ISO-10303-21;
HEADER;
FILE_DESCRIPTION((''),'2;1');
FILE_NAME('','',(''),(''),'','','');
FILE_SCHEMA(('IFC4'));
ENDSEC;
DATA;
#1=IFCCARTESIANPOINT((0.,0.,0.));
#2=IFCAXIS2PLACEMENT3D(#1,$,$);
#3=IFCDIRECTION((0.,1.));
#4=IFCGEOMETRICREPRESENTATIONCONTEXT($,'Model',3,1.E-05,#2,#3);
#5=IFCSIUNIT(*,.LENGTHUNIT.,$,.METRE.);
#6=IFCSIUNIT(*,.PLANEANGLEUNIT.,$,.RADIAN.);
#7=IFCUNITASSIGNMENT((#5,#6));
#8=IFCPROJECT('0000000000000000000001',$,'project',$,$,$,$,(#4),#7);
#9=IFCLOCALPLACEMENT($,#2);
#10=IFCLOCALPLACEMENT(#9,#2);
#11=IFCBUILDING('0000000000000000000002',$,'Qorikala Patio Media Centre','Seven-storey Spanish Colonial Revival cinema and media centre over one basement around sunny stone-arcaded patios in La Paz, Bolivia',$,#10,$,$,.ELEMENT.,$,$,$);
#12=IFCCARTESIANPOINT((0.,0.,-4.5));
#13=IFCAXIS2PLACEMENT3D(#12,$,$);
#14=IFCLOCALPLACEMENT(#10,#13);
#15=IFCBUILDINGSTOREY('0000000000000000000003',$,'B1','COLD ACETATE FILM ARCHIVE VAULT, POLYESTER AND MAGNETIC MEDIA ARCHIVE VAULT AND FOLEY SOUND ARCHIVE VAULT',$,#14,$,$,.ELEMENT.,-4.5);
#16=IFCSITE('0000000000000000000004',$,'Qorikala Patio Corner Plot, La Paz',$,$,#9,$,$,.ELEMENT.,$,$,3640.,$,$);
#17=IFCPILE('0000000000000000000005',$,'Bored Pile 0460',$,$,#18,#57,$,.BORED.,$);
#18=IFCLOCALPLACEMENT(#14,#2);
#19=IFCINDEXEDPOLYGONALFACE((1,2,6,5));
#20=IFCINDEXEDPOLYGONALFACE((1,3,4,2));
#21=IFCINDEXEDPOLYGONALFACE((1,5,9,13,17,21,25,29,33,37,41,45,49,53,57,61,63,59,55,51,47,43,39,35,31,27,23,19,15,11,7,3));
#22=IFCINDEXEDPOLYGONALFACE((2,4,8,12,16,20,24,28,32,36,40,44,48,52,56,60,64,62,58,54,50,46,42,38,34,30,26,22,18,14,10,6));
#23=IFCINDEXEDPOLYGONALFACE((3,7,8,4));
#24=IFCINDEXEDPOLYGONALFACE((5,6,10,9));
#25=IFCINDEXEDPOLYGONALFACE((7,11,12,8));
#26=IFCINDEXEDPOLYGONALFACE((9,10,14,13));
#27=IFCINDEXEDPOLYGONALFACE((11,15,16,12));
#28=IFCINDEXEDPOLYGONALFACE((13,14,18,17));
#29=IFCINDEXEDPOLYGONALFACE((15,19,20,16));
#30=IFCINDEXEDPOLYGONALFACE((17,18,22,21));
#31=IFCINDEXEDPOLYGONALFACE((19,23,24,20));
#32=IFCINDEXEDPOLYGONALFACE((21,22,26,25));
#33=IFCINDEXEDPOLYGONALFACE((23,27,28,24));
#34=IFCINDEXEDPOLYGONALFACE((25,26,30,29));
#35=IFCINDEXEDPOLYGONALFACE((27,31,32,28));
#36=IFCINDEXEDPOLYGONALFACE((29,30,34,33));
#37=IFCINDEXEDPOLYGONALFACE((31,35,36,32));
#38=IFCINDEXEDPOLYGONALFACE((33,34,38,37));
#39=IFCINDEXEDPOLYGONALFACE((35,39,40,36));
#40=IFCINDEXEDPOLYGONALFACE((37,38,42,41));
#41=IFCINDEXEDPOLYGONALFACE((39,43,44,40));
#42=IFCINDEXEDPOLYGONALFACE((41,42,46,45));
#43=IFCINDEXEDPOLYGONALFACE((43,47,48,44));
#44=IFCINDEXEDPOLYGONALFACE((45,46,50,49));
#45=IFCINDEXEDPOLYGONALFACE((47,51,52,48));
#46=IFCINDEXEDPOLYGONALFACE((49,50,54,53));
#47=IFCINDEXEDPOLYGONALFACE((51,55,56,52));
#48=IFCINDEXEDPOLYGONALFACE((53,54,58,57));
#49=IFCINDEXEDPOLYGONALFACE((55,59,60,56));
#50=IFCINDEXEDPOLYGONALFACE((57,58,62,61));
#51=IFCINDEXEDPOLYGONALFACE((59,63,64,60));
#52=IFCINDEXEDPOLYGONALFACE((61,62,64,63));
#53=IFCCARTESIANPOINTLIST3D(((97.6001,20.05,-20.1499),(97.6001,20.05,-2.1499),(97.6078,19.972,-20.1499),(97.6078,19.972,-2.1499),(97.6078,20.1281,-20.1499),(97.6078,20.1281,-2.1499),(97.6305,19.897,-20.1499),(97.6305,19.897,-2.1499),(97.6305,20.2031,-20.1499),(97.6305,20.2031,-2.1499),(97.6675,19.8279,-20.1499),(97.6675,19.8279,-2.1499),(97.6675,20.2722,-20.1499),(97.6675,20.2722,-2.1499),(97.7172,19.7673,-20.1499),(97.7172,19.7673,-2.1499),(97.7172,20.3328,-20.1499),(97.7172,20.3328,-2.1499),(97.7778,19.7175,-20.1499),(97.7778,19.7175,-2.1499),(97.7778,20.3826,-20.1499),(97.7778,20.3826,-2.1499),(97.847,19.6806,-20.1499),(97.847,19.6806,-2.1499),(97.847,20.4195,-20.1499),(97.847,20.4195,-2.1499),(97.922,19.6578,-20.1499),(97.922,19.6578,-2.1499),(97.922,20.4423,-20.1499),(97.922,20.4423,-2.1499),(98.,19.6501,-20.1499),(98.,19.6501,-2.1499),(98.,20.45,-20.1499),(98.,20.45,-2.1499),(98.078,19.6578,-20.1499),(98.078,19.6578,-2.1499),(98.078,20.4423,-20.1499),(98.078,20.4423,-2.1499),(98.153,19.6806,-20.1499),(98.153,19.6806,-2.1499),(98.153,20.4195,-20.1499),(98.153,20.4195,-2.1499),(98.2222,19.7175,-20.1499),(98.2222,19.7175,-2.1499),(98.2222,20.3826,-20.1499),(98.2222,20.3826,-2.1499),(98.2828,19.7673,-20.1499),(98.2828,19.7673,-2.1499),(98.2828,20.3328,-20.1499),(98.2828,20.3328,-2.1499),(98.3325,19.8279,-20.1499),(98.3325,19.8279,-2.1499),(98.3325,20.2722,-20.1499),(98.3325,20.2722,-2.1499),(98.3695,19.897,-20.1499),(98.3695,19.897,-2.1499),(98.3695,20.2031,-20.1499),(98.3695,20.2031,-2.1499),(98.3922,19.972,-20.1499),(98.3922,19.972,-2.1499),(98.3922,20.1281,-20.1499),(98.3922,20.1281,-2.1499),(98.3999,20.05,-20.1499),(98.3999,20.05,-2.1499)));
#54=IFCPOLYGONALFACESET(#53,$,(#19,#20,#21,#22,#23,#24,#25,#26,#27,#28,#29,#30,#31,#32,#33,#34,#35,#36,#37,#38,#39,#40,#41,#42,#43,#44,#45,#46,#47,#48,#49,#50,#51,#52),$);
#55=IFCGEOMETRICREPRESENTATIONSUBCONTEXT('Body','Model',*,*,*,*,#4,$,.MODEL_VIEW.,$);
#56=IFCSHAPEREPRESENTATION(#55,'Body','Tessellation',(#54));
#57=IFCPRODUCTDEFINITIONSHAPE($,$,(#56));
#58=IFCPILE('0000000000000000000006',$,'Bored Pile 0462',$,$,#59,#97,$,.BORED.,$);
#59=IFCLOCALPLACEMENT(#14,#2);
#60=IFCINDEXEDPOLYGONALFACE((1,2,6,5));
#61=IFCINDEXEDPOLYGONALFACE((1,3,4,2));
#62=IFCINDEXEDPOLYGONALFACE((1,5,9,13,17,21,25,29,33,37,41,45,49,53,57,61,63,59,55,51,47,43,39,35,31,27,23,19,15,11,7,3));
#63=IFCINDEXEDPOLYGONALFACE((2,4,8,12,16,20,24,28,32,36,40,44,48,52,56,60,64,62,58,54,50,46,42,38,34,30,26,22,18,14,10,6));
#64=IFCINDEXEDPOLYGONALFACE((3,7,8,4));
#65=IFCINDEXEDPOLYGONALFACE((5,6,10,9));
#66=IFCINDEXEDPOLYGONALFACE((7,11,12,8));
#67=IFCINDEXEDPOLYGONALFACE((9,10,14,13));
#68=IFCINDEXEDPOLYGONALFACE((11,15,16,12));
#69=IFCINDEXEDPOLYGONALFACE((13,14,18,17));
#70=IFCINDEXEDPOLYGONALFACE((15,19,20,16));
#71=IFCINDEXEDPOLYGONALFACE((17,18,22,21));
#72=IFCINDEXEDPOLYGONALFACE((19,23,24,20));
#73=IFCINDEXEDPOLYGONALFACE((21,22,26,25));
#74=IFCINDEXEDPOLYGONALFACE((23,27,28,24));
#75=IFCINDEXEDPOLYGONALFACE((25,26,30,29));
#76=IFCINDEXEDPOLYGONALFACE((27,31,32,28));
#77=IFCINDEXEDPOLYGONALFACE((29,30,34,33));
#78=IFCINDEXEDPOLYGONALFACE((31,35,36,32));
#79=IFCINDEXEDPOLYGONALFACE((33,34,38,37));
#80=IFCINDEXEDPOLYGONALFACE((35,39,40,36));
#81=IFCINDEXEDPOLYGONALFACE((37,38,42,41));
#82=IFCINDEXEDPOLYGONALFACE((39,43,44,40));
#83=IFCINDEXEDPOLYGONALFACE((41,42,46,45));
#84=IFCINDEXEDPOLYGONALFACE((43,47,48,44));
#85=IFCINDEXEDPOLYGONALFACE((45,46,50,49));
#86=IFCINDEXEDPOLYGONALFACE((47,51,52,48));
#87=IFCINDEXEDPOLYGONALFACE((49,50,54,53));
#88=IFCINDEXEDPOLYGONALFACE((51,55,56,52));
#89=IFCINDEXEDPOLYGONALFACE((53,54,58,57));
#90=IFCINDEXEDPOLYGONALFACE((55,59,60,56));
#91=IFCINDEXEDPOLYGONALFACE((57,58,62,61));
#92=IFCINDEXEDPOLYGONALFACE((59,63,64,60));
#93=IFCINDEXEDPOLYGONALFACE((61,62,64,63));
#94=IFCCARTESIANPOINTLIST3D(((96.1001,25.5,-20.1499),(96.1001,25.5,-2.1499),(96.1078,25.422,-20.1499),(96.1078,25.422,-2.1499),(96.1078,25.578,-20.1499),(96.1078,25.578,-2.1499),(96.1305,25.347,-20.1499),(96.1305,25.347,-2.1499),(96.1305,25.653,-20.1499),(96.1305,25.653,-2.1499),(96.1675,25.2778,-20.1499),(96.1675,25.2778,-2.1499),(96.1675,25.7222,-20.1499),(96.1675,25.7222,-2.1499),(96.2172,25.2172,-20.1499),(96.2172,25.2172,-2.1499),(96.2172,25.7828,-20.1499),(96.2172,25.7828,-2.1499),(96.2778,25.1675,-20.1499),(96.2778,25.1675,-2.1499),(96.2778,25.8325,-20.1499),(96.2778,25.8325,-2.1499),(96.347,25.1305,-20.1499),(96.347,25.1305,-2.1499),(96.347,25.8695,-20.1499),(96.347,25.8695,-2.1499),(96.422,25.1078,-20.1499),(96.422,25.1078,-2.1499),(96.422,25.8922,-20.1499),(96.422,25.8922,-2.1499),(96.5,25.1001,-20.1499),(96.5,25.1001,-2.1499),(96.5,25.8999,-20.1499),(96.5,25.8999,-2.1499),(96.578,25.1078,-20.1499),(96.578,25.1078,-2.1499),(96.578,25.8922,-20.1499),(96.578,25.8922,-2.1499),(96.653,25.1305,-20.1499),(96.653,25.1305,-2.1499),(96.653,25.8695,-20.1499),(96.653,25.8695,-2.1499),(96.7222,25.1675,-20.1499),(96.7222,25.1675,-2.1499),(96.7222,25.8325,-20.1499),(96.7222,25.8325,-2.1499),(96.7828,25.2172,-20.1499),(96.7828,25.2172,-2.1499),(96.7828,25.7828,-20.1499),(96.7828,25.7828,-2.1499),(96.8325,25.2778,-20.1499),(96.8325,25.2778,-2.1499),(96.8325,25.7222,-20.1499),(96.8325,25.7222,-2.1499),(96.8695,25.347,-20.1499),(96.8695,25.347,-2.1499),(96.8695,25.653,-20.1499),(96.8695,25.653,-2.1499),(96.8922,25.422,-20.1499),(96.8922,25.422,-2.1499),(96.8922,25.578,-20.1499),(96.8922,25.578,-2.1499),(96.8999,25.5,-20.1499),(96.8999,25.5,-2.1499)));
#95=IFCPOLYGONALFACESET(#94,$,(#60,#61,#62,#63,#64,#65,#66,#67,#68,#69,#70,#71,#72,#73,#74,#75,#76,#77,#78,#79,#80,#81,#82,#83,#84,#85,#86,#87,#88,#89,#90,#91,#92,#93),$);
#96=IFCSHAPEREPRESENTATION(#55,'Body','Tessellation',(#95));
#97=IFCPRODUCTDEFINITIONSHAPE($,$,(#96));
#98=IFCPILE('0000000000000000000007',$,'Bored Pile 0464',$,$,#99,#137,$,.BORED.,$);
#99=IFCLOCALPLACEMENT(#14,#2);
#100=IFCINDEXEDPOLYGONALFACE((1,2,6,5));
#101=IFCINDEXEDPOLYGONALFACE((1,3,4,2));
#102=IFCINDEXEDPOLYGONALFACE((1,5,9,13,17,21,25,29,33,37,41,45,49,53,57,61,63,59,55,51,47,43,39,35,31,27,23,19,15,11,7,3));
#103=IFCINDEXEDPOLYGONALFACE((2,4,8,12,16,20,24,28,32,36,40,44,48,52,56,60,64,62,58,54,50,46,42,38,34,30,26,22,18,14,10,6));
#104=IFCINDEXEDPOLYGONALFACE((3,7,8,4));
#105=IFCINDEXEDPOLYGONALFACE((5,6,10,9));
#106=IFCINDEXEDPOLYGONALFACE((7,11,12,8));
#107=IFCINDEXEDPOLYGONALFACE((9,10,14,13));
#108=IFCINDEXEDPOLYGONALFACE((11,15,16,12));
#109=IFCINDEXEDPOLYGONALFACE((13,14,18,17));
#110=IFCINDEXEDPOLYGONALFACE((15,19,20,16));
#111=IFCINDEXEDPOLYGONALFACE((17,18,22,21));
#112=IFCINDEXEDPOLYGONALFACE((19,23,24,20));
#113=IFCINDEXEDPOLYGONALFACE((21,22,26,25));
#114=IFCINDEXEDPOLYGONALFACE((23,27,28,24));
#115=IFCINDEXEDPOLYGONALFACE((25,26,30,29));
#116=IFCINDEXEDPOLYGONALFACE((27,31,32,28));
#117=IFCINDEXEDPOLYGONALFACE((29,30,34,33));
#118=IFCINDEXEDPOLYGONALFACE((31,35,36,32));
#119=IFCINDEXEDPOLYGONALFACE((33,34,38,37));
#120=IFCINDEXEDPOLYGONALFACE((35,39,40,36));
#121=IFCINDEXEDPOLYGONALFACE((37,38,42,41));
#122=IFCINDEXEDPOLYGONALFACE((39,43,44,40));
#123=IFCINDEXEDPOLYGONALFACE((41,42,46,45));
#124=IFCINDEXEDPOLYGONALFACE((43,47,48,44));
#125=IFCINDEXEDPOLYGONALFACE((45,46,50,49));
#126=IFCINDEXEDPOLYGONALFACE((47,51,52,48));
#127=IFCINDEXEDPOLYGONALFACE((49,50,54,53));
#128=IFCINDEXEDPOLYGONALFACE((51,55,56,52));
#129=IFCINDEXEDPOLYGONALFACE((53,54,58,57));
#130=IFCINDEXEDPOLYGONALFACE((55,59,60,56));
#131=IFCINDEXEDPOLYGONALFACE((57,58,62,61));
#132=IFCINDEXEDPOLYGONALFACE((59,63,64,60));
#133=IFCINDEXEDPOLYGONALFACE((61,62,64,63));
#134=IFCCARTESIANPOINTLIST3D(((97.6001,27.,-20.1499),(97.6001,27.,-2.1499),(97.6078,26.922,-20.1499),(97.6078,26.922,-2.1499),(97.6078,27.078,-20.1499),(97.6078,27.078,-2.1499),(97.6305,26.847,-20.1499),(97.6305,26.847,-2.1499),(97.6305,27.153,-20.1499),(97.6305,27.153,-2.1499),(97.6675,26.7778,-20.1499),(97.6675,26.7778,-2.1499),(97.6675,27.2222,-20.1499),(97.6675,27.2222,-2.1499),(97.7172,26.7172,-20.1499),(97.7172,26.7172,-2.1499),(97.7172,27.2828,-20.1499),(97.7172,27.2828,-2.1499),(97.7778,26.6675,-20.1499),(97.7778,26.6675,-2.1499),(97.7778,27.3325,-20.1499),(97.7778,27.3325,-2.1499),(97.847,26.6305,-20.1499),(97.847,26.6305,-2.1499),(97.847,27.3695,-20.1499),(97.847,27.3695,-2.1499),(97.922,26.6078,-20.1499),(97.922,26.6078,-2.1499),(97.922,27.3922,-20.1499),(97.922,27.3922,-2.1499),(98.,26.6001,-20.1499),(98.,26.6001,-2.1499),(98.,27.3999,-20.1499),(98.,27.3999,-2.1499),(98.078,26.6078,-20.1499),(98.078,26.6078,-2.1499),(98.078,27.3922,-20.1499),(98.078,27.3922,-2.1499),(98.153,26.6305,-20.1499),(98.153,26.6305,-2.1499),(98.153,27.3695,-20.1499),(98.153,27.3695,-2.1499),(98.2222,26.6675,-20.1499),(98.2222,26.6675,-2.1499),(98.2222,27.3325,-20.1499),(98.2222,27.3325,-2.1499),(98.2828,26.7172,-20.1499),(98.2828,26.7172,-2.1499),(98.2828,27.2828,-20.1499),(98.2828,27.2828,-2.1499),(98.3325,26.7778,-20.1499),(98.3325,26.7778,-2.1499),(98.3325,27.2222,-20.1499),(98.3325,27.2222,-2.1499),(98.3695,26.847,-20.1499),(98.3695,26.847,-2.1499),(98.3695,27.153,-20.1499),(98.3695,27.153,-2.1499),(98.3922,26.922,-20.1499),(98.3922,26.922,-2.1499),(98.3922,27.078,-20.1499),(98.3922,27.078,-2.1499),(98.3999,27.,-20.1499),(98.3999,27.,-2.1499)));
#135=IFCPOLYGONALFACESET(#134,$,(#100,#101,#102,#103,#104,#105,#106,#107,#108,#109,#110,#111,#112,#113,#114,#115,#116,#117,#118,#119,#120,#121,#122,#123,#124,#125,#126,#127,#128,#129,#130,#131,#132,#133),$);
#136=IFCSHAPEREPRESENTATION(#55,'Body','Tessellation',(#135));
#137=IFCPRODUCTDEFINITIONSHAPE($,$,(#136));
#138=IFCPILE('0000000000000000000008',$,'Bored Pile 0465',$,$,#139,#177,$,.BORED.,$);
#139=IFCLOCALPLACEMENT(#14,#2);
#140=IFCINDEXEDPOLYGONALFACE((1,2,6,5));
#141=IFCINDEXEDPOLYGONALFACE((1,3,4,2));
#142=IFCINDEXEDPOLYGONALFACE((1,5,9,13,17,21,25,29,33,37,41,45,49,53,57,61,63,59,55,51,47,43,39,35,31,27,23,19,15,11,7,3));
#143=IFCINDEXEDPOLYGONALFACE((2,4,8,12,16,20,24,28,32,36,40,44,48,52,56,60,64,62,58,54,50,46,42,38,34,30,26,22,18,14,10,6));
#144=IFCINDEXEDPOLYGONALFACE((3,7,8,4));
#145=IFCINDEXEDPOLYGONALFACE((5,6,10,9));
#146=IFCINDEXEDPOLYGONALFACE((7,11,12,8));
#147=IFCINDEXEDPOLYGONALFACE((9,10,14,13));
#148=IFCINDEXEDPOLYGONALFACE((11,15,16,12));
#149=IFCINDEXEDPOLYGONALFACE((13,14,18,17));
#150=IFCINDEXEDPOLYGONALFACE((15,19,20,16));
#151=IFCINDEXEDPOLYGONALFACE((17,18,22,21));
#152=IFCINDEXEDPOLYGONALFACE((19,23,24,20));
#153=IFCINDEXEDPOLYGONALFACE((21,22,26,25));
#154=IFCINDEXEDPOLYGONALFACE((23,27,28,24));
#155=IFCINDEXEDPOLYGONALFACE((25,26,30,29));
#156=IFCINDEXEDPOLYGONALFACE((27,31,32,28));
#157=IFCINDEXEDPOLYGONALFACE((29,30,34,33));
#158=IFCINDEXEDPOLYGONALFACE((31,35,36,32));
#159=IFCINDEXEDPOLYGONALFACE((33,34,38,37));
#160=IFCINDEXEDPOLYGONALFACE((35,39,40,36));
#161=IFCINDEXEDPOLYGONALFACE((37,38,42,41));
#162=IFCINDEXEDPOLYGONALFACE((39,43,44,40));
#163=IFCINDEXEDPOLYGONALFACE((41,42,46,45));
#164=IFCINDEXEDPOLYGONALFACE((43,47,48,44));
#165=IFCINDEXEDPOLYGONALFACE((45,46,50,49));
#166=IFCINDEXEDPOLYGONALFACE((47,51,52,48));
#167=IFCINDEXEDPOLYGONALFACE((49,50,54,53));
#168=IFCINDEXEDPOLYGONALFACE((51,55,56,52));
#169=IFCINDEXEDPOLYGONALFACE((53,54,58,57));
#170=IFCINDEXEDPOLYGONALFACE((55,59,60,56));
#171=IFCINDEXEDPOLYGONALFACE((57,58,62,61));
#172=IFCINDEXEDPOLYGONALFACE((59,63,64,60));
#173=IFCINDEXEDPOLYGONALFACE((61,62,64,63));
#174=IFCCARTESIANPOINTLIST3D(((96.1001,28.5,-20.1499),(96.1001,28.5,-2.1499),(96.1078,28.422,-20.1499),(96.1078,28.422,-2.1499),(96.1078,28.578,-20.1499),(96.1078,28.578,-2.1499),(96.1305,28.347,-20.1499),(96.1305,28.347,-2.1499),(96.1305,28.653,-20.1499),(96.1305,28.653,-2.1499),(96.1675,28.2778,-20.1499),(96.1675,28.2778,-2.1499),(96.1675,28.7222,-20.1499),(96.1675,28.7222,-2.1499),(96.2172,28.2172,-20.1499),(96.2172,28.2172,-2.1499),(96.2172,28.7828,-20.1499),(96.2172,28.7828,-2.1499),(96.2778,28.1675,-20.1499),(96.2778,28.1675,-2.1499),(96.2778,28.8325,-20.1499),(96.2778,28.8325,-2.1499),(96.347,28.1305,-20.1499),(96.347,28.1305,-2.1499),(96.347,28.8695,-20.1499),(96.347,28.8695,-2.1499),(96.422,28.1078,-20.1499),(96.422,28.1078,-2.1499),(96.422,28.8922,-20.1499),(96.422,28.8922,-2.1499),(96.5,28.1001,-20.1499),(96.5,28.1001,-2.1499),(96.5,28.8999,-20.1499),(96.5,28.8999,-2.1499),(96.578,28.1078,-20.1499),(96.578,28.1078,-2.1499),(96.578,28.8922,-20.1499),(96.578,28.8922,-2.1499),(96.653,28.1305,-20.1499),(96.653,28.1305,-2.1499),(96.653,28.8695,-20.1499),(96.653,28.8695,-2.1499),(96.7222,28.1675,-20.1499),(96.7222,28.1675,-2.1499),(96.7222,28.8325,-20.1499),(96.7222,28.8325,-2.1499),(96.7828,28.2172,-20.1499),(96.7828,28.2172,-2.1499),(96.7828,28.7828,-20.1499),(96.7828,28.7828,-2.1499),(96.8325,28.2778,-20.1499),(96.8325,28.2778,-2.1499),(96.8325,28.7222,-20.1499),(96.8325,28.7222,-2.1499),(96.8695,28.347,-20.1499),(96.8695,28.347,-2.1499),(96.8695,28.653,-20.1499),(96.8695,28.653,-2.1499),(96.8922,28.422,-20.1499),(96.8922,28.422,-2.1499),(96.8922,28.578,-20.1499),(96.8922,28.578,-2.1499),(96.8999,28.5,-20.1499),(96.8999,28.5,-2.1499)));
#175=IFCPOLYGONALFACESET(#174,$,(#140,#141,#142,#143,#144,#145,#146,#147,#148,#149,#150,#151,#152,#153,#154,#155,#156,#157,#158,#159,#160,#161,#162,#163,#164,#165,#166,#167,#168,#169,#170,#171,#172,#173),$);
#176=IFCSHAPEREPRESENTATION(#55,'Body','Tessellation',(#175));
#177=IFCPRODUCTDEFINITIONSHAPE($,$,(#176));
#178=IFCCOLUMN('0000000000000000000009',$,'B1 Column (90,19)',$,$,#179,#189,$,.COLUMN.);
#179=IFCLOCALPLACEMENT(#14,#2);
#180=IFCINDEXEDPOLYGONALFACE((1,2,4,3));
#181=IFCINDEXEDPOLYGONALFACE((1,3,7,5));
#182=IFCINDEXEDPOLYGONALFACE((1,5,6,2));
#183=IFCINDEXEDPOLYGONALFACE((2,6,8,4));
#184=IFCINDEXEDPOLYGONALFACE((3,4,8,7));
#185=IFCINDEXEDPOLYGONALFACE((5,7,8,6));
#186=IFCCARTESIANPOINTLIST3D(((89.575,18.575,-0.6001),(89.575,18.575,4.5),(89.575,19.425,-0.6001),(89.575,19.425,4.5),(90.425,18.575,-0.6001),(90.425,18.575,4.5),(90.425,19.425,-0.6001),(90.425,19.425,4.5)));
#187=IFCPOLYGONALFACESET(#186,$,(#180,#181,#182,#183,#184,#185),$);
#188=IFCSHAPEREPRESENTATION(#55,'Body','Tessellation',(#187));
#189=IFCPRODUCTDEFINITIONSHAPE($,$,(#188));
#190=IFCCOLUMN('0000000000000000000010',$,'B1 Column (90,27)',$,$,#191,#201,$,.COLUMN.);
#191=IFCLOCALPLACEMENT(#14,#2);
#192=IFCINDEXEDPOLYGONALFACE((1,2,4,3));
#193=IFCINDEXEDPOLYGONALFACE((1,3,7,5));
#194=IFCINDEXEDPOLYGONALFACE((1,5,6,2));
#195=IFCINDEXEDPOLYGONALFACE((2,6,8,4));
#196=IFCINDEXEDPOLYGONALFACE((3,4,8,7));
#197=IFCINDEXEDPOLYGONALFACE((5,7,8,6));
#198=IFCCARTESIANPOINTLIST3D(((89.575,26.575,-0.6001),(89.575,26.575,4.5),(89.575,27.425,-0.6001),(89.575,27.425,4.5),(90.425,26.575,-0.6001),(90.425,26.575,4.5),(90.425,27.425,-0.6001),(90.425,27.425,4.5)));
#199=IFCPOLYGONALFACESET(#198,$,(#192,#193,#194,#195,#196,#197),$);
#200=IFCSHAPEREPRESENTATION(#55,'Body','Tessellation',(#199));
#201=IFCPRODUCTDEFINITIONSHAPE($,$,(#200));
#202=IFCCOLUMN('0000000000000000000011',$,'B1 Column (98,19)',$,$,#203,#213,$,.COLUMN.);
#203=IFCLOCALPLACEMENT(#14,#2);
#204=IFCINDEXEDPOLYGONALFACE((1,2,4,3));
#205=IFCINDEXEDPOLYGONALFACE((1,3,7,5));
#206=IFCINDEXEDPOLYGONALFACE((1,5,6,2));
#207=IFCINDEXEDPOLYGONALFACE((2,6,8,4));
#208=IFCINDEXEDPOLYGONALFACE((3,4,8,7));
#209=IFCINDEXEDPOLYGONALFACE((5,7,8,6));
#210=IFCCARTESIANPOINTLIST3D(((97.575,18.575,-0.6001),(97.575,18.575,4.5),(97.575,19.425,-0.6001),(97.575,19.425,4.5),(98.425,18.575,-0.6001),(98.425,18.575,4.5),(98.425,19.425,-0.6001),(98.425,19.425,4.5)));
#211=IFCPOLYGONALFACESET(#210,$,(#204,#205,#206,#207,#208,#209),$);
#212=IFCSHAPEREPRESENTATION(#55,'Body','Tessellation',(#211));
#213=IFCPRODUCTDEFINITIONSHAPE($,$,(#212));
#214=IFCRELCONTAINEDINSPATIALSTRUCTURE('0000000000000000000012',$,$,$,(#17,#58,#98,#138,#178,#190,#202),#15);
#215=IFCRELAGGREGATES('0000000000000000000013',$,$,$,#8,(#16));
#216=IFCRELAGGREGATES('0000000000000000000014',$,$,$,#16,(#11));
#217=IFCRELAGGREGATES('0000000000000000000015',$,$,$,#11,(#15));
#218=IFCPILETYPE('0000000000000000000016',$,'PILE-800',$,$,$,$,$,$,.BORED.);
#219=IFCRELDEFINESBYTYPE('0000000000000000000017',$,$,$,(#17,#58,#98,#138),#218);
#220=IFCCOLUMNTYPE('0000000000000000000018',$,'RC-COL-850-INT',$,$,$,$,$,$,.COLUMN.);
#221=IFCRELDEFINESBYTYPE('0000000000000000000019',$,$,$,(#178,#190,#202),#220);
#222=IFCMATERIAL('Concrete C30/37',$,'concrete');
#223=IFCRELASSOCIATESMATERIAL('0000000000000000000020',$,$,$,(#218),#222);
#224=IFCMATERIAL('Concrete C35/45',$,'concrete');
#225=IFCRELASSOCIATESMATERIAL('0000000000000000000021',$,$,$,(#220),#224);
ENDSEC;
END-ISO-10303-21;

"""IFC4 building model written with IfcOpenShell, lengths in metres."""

from ifc_helpers import new_model, si_unit, direction, frame, origin, origin_2d, place, context, subcontext, project, spatial, rectangle, circle, extrude, material, material_profile, profile_set, type_object, element, save


model = new_model("IFC4")

# Units and contexts
model_context = context("Model", 3, precision=1e-05, world=origin(), true_north=direction((0.0, 1.0)))
body_context = subcontext(model_context, "Body", "Model", "MODEL_VIEW")
ifc_project = project(units=[si_unit("LENGTHUNIT", "METRE"), si_unit("PLANEANGLEUNIT", "RADIAN")], contexts=[model_context])

# Site, building, storey
site_placement = place(None, origin())
site = spatial("IfcSite", under=ifc_project, at=site_placement, Name="Qorikala Patio Corner Plot, La Paz", CompositionType="ELEMENT", RefElevation=3640.0)
building_placement = place(site_placement, origin())
building = spatial("IfcBuilding", under=site, at=building_placement, Name="Qorikala Patio Media Centre", Description="Seven-storey Spanish Colonial Revival cinema and media centre over one basement around sunny stone-arcaded patios in La Paz, Bolivia", CompositionType="ELEMENT")
storey_placement = place(building_placement, frame((0.0, 0.0, -4.5)))
storey = spatial("IfcBuildingStorey", under=building, at=storey_placement, Name="B1", Description="COLD ACETATE FILM ARCHIVE VAULT, POLYESTER AND MAGNETIC MEDIA ARCHIVE VAULT AND FOLEY SOUND ARCHIVE VAULT", CompositionType="ELEMENT", Elevation=-4.5)

# Shared definitions
ifc_material_1 = material(Name="Concrete C30/37", Category="concrete")

# Piles
ifc_material_profile_1 = material_profile(ifc_material_1, circle(Radius=0.3999, at=origin_2d()), Name="BORED PILE 800")
ifc_profile_set_1 = profile_set([ifc_material_profile_1], Name="Concrete C30/37")
pile_type_1 = type_object("IfcPileType", Name="PILE-800", PredefinedType="BORED", material=ifc_profile_set_1)
for number, where, z_axis, x_axis, name in (
    (1, (98.0, 20.05, -2.1499), (0.0, 0.0, -1.0), (1.0, 0.0, 0.0), "Bored Pile 0460"),
    (2, (96.5, 25.5, -2.1499), (0.0, 0.0, -1.0), (1.0, 0.0, 0.0), "Bored Pile 0462"),
    (3, (98.0, 27.0, -2.1499), (0.0, 0.0, -1.0), (1.0, 0.0, 0.0), "Bored Pile 0464"),
    (4, (96.5, 28.5, -2.1499), (0.0, 0.0, -1.0), (1.0, 0.0, 0.0), "Bored Pile 0465"),
):
    element("IfcPile", number, at=place(storey_placement, frame(where, z_axis=z_axis, x_axis=x_axis)), inside=storey, type_object=pile_type_1, Name=name, PredefinedType="BORED", context=body_context, shape_type="SweptSolid", body=[
        extrude(circle(Radius=0.3999, at=origin_2d()), origin(), (0.0, 0.0, 1.0), 18.0),
    ])

# Columns
ifc_material_2 = material(Name="Concrete C35/45", Category="concrete")
ifc_material_profile_2 = material_profile(ifc_material_2, rectangle(XDim=0.8501, YDim=0.8501, at=origin_2d()), Name="RC 850x850")
ifc_profile_set_2 = profile_set([ifc_material_profile_2], Name="Concrete C35/45")
column_type = type_object("IfcColumnType", Name="RC-COL-850-INT", PredefinedType="COLUMN", material=ifc_profile_set_2)
for number, where, z_axis, x_axis, name in (
    (5, (90.0, 19.0, -0.6001), (0.0, 0.0, 1.0), (1.0, 0.0, 0.0), "B1 Column (90,19)"),
    (6, (90.0, 27.0, -0.6001), (0.0, 0.0, 1.0), (1.0, 0.0, 0.0), "B1 Column (90,27)"),
    (7, (98.0, 19.0, -0.6001), (0.0, 0.0, 1.0), (1.0, 0.0, 0.0), "B1 Column (98,19)"),
):
    element("IfcColumn", number, at=place(storey_placement, frame(where, z_axis=z_axis, x_axis=x_axis)), inside=storey, type_object=column_type, Name=name, PredefinedType="COLUMN", context=body_context, shape_type="SweptSolid", body=[
        extrude(rectangle(XDim=0.8501, YDim=0.8501, at=origin_2d()), origin(), (0.0, 0.0, 1.0), 5.1001),
    ])

save(model, "model.ifc")
